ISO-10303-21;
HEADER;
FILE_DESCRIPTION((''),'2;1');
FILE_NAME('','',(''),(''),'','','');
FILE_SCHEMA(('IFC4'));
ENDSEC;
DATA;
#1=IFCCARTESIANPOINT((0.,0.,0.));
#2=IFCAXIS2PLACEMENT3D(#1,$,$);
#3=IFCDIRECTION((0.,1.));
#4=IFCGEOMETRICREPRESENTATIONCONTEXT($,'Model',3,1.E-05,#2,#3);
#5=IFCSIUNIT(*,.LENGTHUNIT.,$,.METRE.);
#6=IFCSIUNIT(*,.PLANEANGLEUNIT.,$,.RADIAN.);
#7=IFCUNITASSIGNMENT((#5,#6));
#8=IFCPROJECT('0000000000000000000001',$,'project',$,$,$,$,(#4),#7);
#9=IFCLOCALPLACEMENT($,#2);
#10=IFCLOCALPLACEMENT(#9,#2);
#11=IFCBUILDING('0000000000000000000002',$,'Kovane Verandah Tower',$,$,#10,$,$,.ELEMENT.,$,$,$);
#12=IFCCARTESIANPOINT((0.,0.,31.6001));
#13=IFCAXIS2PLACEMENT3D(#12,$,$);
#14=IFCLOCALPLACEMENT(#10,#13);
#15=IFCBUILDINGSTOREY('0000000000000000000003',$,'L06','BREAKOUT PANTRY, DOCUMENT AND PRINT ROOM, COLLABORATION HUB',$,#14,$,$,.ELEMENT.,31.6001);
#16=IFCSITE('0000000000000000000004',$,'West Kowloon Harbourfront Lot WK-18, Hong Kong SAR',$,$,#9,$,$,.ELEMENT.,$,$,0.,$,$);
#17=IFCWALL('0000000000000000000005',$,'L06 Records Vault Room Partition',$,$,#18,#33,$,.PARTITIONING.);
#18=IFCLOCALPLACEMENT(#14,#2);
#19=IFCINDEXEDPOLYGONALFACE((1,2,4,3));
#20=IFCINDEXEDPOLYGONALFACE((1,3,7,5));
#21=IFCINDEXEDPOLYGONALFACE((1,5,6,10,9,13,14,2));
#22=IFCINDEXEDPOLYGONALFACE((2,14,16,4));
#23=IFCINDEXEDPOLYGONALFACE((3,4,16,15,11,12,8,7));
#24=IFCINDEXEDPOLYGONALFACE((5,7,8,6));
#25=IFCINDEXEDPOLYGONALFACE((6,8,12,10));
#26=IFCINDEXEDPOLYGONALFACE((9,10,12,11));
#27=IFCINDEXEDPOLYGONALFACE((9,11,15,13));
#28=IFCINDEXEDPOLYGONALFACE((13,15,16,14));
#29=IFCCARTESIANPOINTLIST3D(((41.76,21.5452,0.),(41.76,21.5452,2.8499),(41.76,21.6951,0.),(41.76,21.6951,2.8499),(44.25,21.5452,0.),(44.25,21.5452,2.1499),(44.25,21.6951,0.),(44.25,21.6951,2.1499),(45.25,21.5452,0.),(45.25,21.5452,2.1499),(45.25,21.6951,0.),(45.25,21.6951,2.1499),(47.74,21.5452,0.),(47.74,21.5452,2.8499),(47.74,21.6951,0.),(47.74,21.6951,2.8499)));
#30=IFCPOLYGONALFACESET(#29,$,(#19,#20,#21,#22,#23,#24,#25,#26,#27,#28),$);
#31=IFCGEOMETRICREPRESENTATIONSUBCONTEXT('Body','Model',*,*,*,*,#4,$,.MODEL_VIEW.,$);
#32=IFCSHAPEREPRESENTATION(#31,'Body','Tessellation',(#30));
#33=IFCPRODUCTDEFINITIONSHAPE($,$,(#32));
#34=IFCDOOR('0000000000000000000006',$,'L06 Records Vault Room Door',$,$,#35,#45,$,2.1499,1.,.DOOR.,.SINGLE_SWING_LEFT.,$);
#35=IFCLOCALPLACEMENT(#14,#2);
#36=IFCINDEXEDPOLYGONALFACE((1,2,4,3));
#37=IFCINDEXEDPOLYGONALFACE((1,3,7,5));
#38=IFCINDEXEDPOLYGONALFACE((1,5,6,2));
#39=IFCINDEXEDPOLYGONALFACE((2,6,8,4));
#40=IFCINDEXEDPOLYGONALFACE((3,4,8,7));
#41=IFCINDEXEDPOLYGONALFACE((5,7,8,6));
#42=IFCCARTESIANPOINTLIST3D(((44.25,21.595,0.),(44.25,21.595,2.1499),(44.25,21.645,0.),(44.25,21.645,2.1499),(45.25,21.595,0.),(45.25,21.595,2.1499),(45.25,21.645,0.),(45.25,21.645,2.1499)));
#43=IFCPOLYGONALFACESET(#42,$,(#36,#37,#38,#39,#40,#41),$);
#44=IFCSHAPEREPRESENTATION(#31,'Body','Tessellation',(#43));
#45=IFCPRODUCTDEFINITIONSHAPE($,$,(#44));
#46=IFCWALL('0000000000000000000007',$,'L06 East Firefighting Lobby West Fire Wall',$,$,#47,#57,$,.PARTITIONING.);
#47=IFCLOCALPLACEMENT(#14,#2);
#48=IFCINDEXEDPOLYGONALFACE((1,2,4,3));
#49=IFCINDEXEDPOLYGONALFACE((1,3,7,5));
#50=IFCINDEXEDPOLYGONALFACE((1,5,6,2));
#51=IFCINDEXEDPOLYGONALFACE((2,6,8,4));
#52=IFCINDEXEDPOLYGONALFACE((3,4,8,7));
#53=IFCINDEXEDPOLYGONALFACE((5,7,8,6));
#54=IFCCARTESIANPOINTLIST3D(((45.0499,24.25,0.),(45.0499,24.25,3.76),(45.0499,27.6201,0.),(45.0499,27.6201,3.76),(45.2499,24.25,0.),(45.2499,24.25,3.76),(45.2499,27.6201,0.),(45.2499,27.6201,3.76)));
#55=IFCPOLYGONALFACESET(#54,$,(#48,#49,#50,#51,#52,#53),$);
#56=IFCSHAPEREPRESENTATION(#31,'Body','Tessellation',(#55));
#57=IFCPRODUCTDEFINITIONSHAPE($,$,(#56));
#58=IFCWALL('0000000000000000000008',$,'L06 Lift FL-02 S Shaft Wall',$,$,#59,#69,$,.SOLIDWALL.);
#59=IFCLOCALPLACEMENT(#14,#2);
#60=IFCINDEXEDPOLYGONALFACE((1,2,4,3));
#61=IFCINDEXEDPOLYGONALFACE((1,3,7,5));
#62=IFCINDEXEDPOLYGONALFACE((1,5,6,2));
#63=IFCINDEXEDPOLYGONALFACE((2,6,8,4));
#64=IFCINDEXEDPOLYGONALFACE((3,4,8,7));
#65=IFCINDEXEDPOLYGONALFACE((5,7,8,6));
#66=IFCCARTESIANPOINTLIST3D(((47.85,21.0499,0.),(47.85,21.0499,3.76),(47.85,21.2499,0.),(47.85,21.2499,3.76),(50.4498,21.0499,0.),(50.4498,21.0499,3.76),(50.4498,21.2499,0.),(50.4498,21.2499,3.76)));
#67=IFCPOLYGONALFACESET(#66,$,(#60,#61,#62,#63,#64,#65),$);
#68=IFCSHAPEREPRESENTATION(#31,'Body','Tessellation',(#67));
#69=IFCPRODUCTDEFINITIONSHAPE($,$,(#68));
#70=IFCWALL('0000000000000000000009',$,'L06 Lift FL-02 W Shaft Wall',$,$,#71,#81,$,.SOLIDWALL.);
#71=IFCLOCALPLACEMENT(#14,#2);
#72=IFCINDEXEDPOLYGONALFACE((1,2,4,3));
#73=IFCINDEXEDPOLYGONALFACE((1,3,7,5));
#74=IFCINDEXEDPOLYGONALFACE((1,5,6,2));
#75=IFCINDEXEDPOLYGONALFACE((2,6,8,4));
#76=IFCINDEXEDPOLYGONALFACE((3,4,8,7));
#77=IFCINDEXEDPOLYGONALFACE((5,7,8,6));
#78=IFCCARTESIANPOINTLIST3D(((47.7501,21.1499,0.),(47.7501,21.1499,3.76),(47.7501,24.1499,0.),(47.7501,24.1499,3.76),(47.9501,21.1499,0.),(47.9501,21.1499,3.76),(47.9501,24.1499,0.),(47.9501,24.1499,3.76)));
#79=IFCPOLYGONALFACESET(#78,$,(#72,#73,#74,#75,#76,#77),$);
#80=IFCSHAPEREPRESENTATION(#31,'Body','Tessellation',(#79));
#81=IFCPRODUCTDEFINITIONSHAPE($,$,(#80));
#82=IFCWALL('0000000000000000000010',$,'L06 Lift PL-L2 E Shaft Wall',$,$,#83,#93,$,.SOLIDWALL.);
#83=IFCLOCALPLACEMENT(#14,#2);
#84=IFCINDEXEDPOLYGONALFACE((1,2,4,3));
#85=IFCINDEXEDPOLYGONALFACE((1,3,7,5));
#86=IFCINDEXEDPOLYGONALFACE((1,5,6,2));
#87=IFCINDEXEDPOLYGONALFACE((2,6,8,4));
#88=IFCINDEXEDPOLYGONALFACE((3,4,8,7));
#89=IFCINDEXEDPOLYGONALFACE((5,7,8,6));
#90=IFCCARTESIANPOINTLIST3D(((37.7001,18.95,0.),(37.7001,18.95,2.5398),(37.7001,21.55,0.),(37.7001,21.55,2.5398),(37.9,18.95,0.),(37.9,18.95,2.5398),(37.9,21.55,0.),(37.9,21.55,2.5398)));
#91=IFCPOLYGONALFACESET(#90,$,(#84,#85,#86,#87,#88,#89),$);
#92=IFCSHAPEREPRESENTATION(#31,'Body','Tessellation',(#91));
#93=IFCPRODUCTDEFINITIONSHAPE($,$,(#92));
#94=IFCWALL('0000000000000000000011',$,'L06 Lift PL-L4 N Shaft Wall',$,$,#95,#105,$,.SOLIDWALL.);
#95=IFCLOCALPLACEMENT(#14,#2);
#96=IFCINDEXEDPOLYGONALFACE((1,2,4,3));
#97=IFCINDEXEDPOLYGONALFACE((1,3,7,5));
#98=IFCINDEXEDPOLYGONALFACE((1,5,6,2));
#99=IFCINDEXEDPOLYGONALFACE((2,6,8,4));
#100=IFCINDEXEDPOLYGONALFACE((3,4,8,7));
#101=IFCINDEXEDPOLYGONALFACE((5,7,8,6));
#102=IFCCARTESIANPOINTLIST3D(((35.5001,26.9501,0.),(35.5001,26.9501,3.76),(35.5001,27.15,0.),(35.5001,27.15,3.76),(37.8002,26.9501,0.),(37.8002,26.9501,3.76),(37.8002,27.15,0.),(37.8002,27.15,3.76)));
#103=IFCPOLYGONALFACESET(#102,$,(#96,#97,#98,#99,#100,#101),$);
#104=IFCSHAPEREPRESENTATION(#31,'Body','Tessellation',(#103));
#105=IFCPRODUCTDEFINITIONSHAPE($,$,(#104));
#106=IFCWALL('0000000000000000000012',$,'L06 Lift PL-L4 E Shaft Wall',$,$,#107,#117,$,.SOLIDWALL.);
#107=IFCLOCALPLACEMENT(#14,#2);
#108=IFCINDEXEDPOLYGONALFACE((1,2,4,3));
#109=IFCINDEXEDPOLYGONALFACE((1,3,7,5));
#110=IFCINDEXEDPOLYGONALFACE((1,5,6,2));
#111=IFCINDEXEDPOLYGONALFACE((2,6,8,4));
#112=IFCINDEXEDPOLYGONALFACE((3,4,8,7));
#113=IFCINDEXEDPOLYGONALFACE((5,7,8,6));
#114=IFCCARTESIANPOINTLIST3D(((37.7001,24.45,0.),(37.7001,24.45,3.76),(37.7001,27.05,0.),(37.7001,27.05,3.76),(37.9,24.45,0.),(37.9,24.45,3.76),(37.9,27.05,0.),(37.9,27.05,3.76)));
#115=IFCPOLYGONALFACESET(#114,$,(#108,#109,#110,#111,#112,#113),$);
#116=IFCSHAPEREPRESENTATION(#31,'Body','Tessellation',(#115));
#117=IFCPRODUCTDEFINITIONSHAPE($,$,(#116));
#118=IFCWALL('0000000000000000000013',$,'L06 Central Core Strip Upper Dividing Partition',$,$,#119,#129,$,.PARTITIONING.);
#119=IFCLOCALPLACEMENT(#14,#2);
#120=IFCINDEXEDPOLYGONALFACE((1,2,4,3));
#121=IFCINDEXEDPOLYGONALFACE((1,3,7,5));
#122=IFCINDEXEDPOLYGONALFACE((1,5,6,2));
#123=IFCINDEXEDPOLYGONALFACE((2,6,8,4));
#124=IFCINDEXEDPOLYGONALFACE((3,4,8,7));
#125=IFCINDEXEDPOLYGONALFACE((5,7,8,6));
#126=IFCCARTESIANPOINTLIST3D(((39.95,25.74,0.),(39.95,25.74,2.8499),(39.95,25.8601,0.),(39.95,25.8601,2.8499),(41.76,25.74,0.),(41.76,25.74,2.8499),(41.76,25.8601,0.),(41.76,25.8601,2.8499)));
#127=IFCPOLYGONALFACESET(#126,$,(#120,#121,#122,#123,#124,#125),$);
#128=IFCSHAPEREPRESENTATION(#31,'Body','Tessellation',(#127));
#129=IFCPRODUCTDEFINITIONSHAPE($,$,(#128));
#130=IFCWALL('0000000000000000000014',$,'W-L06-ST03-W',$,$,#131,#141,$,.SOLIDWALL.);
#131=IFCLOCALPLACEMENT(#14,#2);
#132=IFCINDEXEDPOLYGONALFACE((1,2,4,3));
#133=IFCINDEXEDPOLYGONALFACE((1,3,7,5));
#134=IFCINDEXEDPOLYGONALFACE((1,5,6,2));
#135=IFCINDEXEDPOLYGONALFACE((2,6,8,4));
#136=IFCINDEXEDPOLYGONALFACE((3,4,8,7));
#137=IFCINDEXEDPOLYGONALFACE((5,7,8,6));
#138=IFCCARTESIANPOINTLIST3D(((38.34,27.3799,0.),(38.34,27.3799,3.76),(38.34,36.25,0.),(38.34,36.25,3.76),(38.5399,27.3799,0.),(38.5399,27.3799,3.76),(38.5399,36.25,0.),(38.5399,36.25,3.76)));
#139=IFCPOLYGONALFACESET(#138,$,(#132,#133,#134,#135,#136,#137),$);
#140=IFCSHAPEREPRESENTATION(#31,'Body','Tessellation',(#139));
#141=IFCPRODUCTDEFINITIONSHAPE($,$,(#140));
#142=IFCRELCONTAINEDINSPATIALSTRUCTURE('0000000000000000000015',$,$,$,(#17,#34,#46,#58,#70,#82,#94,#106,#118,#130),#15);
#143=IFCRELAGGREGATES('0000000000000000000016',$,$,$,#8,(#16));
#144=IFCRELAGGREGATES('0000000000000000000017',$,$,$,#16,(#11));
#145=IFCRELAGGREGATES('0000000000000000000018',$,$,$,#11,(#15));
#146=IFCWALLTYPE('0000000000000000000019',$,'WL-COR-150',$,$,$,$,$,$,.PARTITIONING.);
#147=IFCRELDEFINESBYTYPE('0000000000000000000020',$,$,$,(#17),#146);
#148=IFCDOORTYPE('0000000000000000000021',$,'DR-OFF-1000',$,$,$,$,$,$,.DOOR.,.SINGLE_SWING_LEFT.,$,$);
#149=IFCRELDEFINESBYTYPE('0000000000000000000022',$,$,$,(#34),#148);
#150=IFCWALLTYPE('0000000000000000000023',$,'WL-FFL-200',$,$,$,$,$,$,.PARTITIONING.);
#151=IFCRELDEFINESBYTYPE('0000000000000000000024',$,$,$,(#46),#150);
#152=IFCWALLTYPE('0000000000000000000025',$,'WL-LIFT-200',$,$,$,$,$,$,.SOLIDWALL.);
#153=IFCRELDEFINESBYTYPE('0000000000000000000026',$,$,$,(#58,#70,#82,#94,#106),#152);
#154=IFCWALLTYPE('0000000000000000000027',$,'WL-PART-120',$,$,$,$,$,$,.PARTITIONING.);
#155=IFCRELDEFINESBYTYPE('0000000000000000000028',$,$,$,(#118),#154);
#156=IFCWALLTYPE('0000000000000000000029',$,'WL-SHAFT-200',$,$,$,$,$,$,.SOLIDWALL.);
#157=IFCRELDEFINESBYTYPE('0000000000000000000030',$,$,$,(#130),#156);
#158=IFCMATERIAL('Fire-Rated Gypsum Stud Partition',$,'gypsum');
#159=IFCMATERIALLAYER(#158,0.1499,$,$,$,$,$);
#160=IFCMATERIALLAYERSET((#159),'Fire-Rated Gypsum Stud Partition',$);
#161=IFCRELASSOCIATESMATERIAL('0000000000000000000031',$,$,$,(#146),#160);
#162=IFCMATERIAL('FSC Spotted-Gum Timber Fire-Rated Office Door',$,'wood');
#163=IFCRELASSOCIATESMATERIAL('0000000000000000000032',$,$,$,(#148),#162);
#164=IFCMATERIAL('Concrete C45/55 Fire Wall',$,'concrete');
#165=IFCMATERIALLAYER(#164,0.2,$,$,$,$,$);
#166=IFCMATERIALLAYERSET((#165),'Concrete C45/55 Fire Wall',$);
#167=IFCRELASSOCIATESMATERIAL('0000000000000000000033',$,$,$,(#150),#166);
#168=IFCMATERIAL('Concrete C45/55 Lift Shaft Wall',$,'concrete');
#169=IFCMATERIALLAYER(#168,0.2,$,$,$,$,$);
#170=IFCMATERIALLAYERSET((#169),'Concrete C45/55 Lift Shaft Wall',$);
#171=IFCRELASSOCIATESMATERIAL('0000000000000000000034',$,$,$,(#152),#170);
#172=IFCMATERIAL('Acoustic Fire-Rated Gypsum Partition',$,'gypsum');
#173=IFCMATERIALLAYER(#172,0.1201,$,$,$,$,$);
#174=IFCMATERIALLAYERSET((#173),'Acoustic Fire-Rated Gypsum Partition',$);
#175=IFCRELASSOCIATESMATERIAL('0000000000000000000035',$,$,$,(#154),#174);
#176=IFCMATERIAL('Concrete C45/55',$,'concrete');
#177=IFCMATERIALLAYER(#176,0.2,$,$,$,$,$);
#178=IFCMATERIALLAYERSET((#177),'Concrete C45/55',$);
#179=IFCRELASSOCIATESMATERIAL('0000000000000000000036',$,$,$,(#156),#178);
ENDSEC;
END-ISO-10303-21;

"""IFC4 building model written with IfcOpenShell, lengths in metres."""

from ifc_helpers import new_model, si_unit, direction, frame, frame_2d, origin, place, context, subcontext, project, spatial, rectangle, extrude, material, layer, layer_set, type_object, element, fill, save


model = new_model("IFC4")

# Units and contexts
model_context = context("Model", 3, precision=1e-05, world=origin(), true_north=direction((0.0, 1.0)))
body_context = subcontext(model_context, "Body", "Model", "MODEL_VIEW")
ifc_project = project(units=[si_unit("LENGTHUNIT", "METRE"), si_unit("PLANEANGLEUNIT", "RADIAN")], contexts=[model_context])

# Site, building, storey
site_placement = place(None, origin())
site = spatial("IfcSite", under=ifc_project, at=site_placement, Name="West Kowloon Harbourfront Lot WK-18, Hong Kong SAR", CompositionType="ELEMENT", RefElevation=0.0)
building_placement = place(site_placement, origin())
building = spatial("IfcBuilding", under=site, at=building_placement, Name="Kovane Verandah Tower", CompositionType="ELEMENT")
storey_placement = place(building_placement, frame((0.0, 0.0, 31.6001)))
storey = spatial("IfcBuildingStorey", under=building, at=storey_placement, Name="L06", Description="BREAKOUT PANTRY, DOCUMENT AND PRINT ROOM, COLLABORATION HUB", CompositionType="ELEMENT", Elevation=31.6001)

# Shared definitions
ifc_material_1 = material(Name="Fire-Rated Gypsum Stud Partition", Category="gypsum")
ifc_layer_1 = layer(ifc_material_1, 0.1499)
ifc_layer_set_1 = layer_set([ifc_layer_1], Name="Fire-Rated Gypsum Stud Partition")
wall_type_1 = type_object("IfcWallType", Name="WL-COR-150", PredefinedType="PARTITIONING", material=ifc_layer_set_1)

# Wall, opening, door
wall_1_placement = place(storey_placement, frame((41.76, 21.6201, 0.0), z_axis=(0.0, 0.0, 1.0), x_axis=(1.0, 0.0, 0.0)))
wall_1 = element("IfcWall", 1, at=wall_1_placement, inside=storey, type_object=wall_type_1, Name="L06 Records Vault Room Partition", PredefinedType="PARTITIONING", context=body_context, shape_type="SweptSolid", body=[
    extrude(rectangle(XDim=5.98, YDim=0.1499, at=frame_2d((2.99, 0.0))), origin(), (0.0, 0.0, 1.0), 2.8499),
])
opening_1_placement = place(wall_1_placement, frame((2.49, 0.0, 0.0)))
opening_1 = element("IfcOpeningElement", 2, at=opening_1_placement, cuts=wall_1, PredefinedType="OPENING", context=body_context, shape_type="SweptSolid", body=[
    extrude(rectangle(XDim=1.0, YDim=2.1499, at=frame_2d((0.5, 1.075))), frame((0.0, 0.075, 0.0), z_axis=(0.0, -1.0, 0.0), x_axis=(1.0, 0.0, 0.0)), (0.0, 0.0, 1.0), 0.1499),
])
ifc_material_2 = material(Name="FSC Spotted-Gum Timber Fire-Rated Office Door", Category="wood")
door_type_1 = type_object("IfcDoorType", Name="DR-OFF-1000", OperationType="SINGLE_SWING_LEFT", PredefinedType="DOOR", material=ifc_material_2)
door_1_placement = place(opening_1_placement, origin())
door_1 = element("IfcDoor", 3, at=door_1_placement, inside=storey, type_object=door_type_1, Name="L06 Records Vault Room Door", OperationType="SINGLE_SWING_LEFT", OverallHeight=2.1499, OverallWidth=1.0, PredefinedType="DOOR", context=body_context, shape_type="SweptSolid", body=[
    extrude(rectangle(XDim=1.0, YDim=2.1499, at=frame_2d((0.5, 1.075))), frame((0.0, 0.0249, 0.0), z_axis=(0.0, -1.0, 0.0), x_axis=(1.0, 0.0, 0.0)), (0.0, 0.0, 1.0), 0.05),
])
fill(opening_1, door_1)

# Wall
ifc_material_3 = material(Name="Concrete C45/55 Fire Wall", Category="concrete")
ifc_layer_2 = layer(ifc_material_3, 0.2)
ifc_layer_set_2 = layer_set([ifc_layer_2], Name="Concrete C45/55 Fire Wall")
wall_type_2 = type_object("IfcWallType", Name="WL-FFL-200", PredefinedType="PARTITIONING", material=ifc_layer_set_2)
wall_2_placement = place(storey_placement, frame((45.1499, 24.25, 0.0), z_axis=(0.0, 0.0, 1.0), x_axis=(0.0, 1.0, 0.0)))
element("IfcWall", 4, at=wall_2_placement, inside=storey, type_object=wall_type_2, Name="L06 East Firefighting Lobby West Fire Wall", PredefinedType="PARTITIONING", context=body_context, shape_type="SweptSolid", body=[
    extrude(rectangle(XDim=3.3701, YDim=0.2, at=frame_2d((1.6851, 0.0))), origin(), (0.0, 0.0, 1.0), 3.76),
])

# Walls
ifc_material_4 = material(Name="Concrete C45/55 Lift Shaft Wall", Category="concrete")
ifc_layer_3 = layer(ifc_material_4, 0.2)
ifc_layer_set_3 = layer_set([ifc_layer_3], Name="Concrete C45/55 Lift Shaft Wall")
wall_type_3 = type_object("IfcWallType", Name="WL-LIFT-200", PredefinedType="SOLIDWALL", material=ifc_layer_set_3)
wall_3_placement = place(storey_placement, frame((47.8501, 21.1499, 0.0), z_axis=(0.0, 0.0, 1.0), x_axis=(1.0, 0.0, 0.0)))
element("IfcWall", 5, at=wall_3_placement, inside=storey, type_object=wall_type_3, Name="L06 Lift FL-02 S Shaft Wall", PredefinedType="SOLIDWALL", context=body_context, shape_type="SweptSolid", body=[
    extrude(rectangle(XDim=2.5999, YDim=0.2, at=frame_2d((1.2998, 0.0))), origin(), (0.0, 0.0, 1.0), 3.76),
])
wall_4_placement = place(storey_placement, frame((47.8501, 24.1499, 0.0), z_axis=(0.0, 0.0, 1.0), x_axis=(0.0, -1.0, 0.0)))
element("IfcWall", 6, at=wall_4_placement, inside=storey, type_object=wall_type_3, Name="L06 Lift FL-02 W Shaft Wall", PredefinedType="SOLIDWALL", context=body_context, shape_type="SweptSolid", body=[
    extrude(rectangle(XDim=3.0, YDim=0.2, at=frame_2d((1.5, 0.0))), origin(), (0.0, 0.0, 1.0), 3.76),
])

# Walls
wall_5_placement = place(storey_placement, frame((37.8, 18.95, 0.0), z_axis=(0.0, 0.0, 1.0), x_axis=(0.0, 1.0, 0.0)))
element("IfcWall", 7, at=wall_5_placement, inside=storey, type_object=wall_type_3, Name="L06 Lift PL-L2 E Shaft Wall", PredefinedType="SOLIDWALL", context=body_context, shape_type="SweptSolid", body=[
    extrude(rectangle(XDim=2.6001, YDim=0.2, at=frame_2d((1.3, 0.0))), origin(), (0.0, 0.0, 1.0), 2.5398),
])
wall_6_placement = place(storey_placement, frame((37.8, 27.05, 0.0), z_axis=(0.0, 0.0, 1.0), x_axis=(-1.0, 0.0, 0.0)))
element("IfcWall", 8, at=wall_6_placement, inside=storey, type_object=wall_type_3, Name="L06 Lift PL-L4 N Shaft Wall", PredefinedType="SOLIDWALL", context=body_context, shape_type="SweptSolid", body=[
    extrude(rectangle(XDim=2.3, YDim=0.2, at=frame_2d((1.1499, 0.0))), origin(), (0.0, 0.0, 1.0), 3.76),
])
wall_7_placement = place(storey_placement, frame((37.8, 24.45, 0.0), z_axis=(0.0, 0.0, 1.0), x_axis=(0.0, 1.0, 0.0)))
element("IfcWall", 9, at=wall_7_placement, inside=storey, type_object=wall_type_3, Name="L06 Lift PL-L4 E Shaft Wall", PredefinedType="SOLIDWALL", context=body_context, shape_type="SweptSolid", body=[
    extrude(rectangle(XDim=2.6001, YDim=0.2, at=frame_2d((1.3, 0.0))), origin(), (0.0, 0.0, 1.0), 3.76),
])
ifc_material_5 = material(Name="Acoustic Fire-Rated Gypsum Partition", Category="gypsum")
ifc_layer_4 = layer(ifc_material_5, 0.1201)
ifc_layer_set_4 = layer_set([ifc_layer_4], Name="Acoustic Fire-Rated Gypsum Partition")
wall_type_4 = type_object("IfcWallType", Name="WL-PART-120", PredefinedType="PARTITIONING", material=ifc_layer_set_4)
wall_8_placement = place(storey_placement, frame((39.95, 25.8, 0.0), z_axis=(0.0, 0.0, 1.0), x_axis=(1.0, 0.0, 0.0)))
element("IfcWall", 10, at=wall_8_placement, inside=storey, type_object=wall_type_4, Name="L06 Central Core Strip Upper Dividing Partition", PredefinedType="PARTITIONING", context=body_context, shape_type="SweptSolid", body=[
    extrude(rectangle(XDim=1.8101, YDim=0.1201, at=frame_2d((0.905, 0.0))), origin(), (0.0, 0.0, 1.0), 2.8499),
])
ifc_material_6 = material(Name="Concrete C45/55", Category="concrete")
ifc_layer_5 = layer(ifc_material_6, 0.2)
ifc_layer_set_5 = layer_set([ifc_layer_5], Name="Concrete C45/55")
wall_type_5 = type_object("IfcWallType", Name="WL-SHAFT-200", PredefinedType="SOLIDWALL", material=ifc_layer_set_5)
wall_9_placement = place(storey_placement, frame((38.4399, 27.3799, 0.0), z_axis=(0.0, 0.0, 1.0), x_axis=(0.0, 1.0, 0.0)))
element("IfcWall", 11, at=wall_9_placement, inside=storey, type_object=wall_type_5, Name="W-L06-ST03-W", PredefinedType="SOLIDWALL", context=body_context, shape_type="SweptSolid", body=[
    extrude(rectangle(XDim=8.8701, YDim=0.2, at=frame_2d((4.4351, 0.0))), origin(), (0.0, 0.0, 1.0), 3.76),
])

save(model, "model.ifc")
